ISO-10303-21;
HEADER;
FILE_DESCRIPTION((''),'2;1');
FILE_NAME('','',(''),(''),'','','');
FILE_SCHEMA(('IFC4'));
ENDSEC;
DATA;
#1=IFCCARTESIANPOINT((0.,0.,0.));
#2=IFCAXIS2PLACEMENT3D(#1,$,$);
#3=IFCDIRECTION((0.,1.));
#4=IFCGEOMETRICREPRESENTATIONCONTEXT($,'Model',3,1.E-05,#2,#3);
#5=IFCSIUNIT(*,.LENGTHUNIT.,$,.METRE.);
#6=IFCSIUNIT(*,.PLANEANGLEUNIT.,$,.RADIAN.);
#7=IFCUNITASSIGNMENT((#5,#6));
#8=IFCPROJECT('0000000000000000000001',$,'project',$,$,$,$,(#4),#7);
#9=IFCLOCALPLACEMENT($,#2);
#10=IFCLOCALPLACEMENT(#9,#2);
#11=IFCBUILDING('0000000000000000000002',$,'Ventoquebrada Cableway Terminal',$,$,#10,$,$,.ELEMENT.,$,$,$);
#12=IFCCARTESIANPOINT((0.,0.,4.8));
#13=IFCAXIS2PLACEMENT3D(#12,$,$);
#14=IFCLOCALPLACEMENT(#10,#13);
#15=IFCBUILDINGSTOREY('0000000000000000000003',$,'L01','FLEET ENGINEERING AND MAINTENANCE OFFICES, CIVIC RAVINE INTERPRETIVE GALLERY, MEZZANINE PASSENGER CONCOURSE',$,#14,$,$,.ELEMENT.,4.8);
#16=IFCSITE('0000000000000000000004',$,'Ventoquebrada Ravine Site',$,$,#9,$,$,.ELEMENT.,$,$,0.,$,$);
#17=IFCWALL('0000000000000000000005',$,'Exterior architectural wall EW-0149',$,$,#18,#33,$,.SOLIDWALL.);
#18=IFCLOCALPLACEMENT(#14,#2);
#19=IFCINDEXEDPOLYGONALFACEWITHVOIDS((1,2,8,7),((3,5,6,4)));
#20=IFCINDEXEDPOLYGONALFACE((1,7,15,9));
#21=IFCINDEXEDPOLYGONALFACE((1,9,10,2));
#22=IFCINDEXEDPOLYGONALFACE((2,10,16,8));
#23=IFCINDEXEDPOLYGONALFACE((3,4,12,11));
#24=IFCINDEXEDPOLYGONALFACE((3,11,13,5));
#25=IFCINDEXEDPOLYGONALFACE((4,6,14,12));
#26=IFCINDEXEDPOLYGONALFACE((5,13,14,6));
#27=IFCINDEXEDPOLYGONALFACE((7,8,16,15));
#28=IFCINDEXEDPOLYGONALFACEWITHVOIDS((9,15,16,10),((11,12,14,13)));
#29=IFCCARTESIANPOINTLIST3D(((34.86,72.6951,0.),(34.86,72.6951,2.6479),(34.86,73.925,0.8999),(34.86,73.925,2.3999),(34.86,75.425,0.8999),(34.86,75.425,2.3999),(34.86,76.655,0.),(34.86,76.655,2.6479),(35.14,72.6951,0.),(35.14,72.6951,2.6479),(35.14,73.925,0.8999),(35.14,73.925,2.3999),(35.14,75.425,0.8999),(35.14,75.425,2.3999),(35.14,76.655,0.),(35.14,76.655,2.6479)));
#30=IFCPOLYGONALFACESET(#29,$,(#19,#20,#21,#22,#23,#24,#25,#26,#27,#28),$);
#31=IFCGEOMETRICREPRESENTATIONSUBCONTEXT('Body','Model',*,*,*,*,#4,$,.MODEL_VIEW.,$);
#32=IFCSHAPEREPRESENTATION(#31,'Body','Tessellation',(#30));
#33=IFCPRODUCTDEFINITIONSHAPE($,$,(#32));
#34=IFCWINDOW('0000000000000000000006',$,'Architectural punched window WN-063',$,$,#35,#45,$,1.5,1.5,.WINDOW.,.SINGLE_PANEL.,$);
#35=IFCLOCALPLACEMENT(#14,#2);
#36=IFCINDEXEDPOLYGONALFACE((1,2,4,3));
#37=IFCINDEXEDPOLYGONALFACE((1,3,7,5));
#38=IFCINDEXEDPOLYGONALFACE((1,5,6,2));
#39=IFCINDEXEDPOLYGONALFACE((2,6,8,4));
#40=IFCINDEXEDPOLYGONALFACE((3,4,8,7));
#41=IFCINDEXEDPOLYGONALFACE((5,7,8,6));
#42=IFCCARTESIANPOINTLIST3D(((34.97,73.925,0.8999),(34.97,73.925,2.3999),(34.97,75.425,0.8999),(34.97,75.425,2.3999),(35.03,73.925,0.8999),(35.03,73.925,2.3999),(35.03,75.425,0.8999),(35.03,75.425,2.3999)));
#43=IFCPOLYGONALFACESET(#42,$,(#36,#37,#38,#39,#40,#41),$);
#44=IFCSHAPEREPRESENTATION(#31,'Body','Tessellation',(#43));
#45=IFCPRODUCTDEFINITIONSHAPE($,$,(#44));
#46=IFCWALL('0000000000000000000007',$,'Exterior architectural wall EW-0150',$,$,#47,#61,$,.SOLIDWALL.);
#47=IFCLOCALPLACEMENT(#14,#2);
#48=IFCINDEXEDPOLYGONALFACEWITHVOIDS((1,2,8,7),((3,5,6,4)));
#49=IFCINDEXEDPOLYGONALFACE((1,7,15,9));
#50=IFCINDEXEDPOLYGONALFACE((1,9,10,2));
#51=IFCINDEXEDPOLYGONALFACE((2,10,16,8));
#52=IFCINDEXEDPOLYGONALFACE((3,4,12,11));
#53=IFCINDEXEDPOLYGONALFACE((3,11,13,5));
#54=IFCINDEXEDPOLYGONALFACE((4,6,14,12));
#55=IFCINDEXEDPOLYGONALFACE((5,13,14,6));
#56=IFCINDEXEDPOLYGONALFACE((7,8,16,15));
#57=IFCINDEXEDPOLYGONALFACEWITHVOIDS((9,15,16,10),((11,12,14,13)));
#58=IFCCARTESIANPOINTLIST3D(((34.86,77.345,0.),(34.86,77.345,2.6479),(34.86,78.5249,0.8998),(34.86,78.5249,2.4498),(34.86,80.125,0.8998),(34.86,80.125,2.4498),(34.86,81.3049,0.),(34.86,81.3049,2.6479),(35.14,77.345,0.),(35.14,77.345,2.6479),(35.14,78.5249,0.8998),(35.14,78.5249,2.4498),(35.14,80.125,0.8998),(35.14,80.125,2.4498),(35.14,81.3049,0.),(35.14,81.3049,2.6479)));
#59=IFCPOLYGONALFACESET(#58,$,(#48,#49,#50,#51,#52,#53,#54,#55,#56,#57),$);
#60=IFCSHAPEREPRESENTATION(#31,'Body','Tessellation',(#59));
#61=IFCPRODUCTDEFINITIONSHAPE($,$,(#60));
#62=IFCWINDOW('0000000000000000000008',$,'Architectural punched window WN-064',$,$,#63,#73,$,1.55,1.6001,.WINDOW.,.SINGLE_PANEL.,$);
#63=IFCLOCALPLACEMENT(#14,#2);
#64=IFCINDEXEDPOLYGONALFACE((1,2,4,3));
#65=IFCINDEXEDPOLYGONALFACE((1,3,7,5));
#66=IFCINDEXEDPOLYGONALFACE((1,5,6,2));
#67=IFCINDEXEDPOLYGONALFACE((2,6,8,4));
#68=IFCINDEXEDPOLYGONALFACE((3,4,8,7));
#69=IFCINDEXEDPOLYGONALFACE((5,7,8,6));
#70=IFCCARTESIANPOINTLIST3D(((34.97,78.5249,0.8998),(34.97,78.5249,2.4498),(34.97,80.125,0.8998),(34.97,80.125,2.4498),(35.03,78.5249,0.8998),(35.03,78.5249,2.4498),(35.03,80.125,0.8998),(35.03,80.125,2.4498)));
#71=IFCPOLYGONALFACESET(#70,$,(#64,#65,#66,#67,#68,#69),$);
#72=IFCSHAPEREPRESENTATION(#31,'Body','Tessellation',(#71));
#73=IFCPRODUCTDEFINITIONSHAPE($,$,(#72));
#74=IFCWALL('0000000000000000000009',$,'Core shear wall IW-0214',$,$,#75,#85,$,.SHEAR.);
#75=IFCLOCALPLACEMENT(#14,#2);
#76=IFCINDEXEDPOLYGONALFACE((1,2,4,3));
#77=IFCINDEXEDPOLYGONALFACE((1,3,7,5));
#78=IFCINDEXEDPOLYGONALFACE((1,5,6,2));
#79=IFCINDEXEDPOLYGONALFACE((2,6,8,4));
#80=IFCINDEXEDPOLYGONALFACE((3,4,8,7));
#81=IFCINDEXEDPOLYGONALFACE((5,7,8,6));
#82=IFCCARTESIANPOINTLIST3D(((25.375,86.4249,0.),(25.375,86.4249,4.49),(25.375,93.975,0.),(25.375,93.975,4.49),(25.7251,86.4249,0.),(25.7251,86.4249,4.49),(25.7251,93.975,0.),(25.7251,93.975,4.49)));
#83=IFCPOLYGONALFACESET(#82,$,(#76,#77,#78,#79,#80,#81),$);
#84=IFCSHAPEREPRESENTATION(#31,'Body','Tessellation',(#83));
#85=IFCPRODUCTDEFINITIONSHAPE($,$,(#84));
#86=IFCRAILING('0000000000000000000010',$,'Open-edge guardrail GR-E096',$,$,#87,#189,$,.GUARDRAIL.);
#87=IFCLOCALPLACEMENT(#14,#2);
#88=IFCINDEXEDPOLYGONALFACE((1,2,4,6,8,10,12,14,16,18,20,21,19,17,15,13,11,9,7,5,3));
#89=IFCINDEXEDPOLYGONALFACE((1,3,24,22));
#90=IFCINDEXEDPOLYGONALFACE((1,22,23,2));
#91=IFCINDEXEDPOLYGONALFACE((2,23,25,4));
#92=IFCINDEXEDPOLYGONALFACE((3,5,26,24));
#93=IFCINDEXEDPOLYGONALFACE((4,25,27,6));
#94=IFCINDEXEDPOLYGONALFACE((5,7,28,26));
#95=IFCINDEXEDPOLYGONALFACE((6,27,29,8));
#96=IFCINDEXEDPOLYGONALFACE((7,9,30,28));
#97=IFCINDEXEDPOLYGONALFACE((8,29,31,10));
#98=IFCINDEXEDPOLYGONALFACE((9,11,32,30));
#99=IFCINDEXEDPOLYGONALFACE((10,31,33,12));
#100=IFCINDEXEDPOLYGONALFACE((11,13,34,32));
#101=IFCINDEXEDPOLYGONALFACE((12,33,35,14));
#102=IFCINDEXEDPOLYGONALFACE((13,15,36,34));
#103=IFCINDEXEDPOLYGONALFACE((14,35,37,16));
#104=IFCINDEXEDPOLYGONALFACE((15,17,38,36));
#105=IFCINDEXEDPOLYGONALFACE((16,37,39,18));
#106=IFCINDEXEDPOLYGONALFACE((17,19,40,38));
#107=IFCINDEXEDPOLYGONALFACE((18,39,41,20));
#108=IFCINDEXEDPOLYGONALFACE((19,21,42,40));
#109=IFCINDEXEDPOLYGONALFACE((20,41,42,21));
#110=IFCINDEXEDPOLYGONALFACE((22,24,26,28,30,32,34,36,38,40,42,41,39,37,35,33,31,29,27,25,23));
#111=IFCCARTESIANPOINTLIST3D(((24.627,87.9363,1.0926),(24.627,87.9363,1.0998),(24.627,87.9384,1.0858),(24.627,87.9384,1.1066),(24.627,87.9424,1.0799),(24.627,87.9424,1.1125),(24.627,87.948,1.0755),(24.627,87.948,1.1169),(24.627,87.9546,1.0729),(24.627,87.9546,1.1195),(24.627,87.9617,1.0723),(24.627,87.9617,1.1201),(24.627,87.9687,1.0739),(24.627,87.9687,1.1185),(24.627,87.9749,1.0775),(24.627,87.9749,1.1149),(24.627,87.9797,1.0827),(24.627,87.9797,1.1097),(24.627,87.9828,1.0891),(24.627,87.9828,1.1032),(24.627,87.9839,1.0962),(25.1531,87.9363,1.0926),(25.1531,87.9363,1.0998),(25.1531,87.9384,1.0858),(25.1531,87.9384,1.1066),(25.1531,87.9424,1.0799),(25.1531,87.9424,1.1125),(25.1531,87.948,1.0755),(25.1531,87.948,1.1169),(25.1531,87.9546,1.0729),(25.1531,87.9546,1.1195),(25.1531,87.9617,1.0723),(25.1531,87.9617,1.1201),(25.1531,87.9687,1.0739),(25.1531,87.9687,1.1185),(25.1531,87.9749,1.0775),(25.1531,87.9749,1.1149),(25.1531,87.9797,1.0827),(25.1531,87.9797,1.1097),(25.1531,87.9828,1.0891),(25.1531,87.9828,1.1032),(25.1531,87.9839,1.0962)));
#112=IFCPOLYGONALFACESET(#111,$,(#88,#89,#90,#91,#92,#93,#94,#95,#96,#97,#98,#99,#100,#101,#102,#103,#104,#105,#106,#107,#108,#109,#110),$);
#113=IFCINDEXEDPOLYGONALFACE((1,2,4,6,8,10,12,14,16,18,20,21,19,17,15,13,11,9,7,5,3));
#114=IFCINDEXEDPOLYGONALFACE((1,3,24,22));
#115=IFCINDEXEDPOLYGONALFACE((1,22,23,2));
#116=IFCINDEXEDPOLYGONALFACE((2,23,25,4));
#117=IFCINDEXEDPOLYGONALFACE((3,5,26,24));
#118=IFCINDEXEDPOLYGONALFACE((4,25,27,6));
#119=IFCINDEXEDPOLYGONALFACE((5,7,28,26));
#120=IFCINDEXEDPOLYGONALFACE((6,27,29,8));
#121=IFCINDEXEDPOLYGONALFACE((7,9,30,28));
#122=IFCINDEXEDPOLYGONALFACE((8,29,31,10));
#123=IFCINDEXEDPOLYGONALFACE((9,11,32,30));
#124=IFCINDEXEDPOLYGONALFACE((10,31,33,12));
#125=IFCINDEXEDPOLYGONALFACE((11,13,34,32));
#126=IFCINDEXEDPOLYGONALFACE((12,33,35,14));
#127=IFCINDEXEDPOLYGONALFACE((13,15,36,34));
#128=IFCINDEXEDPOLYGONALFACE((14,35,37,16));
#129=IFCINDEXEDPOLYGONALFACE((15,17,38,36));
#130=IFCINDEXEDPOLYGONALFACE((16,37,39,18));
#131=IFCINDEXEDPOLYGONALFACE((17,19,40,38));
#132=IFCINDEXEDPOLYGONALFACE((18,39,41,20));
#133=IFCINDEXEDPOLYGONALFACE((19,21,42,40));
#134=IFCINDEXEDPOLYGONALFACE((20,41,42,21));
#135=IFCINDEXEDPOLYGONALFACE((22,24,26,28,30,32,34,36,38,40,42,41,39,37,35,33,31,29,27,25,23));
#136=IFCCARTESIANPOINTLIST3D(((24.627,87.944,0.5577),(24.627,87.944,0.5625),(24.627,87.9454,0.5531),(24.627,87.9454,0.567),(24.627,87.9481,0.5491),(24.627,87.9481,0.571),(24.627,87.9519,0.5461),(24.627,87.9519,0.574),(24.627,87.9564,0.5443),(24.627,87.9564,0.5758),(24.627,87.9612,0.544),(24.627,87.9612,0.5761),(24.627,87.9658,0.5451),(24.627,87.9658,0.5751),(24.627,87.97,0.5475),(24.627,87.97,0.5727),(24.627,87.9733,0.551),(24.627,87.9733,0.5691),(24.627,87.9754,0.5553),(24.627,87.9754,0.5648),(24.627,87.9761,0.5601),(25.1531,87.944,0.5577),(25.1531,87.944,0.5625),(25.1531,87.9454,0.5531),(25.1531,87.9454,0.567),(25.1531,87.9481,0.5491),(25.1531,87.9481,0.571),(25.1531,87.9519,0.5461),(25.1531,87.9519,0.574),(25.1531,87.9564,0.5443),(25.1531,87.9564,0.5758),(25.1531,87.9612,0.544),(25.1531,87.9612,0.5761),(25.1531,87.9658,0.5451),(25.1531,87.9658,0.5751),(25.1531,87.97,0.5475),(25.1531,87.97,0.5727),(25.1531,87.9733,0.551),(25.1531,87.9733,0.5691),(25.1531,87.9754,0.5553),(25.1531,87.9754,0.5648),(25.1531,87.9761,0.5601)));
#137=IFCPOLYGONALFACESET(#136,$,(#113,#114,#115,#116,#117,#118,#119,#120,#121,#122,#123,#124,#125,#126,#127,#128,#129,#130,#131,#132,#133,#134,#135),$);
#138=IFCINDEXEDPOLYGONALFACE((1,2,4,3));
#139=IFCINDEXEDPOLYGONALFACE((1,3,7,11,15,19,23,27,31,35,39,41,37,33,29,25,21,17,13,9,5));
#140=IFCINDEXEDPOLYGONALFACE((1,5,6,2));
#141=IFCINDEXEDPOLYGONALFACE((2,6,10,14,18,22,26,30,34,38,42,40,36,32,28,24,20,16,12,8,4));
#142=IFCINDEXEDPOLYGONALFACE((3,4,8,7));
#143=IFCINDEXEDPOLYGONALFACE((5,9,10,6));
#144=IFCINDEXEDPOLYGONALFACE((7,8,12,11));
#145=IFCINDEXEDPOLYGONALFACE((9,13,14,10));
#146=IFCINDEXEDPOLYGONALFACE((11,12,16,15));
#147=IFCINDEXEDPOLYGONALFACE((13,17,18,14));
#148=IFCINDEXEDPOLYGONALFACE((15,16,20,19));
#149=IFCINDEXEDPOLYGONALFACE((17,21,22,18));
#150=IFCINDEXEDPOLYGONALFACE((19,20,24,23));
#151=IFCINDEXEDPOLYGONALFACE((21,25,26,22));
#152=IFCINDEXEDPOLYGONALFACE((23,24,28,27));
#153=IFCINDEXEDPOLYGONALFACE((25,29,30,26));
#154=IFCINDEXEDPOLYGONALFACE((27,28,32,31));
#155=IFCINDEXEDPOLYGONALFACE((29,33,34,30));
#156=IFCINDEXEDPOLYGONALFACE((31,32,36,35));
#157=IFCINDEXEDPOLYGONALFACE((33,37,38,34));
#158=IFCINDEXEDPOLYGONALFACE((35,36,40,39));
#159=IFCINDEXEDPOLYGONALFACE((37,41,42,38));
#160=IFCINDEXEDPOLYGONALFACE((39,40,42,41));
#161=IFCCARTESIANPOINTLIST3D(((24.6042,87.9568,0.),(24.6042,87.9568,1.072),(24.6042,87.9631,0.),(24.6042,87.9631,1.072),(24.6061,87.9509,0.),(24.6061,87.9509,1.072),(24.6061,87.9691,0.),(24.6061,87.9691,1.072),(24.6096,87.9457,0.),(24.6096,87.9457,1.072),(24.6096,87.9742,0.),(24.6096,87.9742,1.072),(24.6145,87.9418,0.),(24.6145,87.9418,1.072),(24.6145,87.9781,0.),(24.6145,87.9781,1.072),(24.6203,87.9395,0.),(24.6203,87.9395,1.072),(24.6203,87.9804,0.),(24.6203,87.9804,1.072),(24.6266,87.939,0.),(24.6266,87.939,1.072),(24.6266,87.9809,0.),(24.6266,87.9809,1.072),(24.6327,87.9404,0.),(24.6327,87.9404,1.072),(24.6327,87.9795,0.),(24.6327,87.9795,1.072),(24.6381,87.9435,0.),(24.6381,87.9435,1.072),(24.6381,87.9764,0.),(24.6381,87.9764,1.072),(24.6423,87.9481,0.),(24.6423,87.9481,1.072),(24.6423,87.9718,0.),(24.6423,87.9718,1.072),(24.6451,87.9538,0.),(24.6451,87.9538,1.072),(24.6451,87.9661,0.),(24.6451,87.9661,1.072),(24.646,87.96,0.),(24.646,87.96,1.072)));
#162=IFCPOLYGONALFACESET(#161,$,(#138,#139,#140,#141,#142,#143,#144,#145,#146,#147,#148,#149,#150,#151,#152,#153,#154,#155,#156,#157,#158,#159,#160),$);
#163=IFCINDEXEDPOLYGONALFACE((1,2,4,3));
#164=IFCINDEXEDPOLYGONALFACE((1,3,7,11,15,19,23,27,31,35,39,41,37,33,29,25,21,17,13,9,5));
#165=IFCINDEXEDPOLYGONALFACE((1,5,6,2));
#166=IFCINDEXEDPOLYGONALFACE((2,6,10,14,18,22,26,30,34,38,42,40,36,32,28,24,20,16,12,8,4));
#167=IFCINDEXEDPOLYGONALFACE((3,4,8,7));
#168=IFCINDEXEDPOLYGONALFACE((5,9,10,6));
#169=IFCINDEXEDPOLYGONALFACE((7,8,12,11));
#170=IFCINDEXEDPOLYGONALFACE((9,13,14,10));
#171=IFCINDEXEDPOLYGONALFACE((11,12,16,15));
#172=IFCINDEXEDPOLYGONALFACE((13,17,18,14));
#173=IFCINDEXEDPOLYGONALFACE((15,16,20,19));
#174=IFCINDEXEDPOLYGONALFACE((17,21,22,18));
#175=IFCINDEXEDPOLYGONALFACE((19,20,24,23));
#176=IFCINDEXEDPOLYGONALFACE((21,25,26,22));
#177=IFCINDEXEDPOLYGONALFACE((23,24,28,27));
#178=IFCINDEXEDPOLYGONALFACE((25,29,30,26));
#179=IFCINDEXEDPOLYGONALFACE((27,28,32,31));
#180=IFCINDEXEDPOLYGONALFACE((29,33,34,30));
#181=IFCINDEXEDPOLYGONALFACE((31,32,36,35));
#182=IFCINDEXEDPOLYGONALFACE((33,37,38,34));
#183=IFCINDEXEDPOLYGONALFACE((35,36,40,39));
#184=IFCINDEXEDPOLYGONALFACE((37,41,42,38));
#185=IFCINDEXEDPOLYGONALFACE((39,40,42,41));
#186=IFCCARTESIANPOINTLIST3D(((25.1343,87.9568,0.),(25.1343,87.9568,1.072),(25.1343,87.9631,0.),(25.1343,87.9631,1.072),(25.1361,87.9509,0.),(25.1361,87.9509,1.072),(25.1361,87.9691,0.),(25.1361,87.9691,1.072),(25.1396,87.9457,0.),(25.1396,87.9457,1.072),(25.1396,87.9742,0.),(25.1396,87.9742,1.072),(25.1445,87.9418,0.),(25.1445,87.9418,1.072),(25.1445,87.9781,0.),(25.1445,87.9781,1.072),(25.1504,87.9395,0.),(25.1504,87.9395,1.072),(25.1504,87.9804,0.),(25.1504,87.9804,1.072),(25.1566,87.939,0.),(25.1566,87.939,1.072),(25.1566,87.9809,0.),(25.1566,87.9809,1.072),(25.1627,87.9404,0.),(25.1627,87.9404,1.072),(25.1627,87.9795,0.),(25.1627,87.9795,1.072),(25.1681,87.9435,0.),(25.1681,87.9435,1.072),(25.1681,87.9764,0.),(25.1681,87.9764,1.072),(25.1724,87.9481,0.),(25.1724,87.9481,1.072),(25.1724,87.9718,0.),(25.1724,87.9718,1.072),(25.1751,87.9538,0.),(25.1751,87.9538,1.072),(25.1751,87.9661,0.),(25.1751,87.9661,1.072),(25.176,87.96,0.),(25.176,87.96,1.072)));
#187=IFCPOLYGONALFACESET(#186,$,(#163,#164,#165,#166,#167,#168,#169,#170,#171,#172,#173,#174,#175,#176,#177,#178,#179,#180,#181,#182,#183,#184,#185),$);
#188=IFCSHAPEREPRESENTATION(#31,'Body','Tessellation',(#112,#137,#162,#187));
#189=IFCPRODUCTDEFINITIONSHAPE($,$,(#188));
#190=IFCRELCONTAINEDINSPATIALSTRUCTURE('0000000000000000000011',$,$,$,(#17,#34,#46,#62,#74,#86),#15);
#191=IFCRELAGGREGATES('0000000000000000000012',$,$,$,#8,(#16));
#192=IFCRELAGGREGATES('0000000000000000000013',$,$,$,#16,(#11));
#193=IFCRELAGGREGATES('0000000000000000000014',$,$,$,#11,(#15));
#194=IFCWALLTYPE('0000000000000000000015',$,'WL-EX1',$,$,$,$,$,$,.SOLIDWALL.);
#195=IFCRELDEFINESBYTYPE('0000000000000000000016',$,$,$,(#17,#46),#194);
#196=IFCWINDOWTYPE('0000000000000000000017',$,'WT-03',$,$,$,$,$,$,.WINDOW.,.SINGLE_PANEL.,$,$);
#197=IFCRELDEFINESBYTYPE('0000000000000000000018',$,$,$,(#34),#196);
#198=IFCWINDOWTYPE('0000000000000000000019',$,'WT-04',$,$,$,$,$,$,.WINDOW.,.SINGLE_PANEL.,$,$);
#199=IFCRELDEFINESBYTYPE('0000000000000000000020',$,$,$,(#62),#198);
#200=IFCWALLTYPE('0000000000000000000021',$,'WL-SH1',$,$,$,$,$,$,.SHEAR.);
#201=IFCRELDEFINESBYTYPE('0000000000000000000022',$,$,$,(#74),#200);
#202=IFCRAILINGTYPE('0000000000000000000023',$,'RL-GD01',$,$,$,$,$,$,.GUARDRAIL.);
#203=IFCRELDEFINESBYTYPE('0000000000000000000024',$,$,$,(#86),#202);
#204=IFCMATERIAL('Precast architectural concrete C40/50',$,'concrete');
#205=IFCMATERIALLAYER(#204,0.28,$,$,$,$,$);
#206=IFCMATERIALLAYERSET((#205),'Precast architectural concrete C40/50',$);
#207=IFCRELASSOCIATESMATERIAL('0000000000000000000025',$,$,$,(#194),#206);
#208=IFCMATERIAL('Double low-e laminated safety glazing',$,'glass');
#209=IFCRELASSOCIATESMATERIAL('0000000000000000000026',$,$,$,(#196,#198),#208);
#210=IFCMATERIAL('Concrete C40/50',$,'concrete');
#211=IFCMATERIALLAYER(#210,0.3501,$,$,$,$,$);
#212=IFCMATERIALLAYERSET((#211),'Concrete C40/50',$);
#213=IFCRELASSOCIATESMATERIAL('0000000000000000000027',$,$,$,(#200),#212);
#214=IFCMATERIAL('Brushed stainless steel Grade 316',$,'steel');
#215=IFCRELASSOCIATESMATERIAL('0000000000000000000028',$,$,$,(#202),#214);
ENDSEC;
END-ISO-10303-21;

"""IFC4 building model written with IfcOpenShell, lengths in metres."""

from ifc_helpers import new_model, si_unit, direction, frame, frame_2d, origin, origin_2d, place, context, subcontext, project, spatial, rectangle, circle, extrude, material, layer, layer_set, type_object, element, fill, save


model = new_model("IFC4")

# Units and contexts
model_context = context("Model", 3, precision=1e-05, world=origin(), true_north=direction((0.0, 1.0)))
body_context = subcontext(model_context, "Body", "Model", "MODEL_VIEW")
ifc_project = project(units=[si_unit("LENGTHUNIT", "METRE"), si_unit("PLANEANGLEUNIT", "RADIAN")], contexts=[model_context])

# Site, building, storey
site_placement = place(None, origin())
site = spatial("IfcSite", under=ifc_project, at=site_placement, Name="Ventoquebrada Ravine Site", CompositionType="ELEMENT", RefElevation=0.0)
building_placement = place(site_placement, origin())
building = spatial("IfcBuilding", under=site, at=building_placement, Name="Ventoquebrada Cableway Terminal", CompositionType="ELEMENT")
storey_placement = place(building_placement, frame((0.0, 0.0, 4.8)))
storey = spatial("IfcBuildingStorey", under=building, at=storey_placement, Name="L01", Description="FLEET ENGINEERING AND MAINTENANCE OFFICES, CIVIC RAVINE INTERPRETIVE GALLERY, MEZZANINE PASSENGER CONCOURSE", CompositionType="ELEMENT", Elevation=4.8)

# Shared definitions
ifc_material_1 = material(Name="Concrete C40/50", Category="concrete")

# Walls, openings, windows
ifc_material_2 = material(Name="Precast architectural concrete C40/50", Category="concrete")
ifc_layer_1 = layer(ifc_material_2, 0.28)
ifc_layer_set_1 = layer_set([ifc_layer_1], Name="Precast architectural concrete C40/50")
wall_type_1 = type_object("IfcWallType", Name="WL-EX1", PredefinedType="SOLIDWALL", material=ifc_layer_set_1)
wall_1_placement = place(storey_placement, frame((35.0, 72.6951, 0.0), z_axis=(0.0, 0.0, 1.0), x_axis=(0.0, 1.0, 0.0)))
wall_1 = element("IfcWall", 1, at=wall_1_placement, inside=storey, type_object=wall_type_1, Name="Exterior architectural wall EW-0149", PredefinedType="SOLIDWALL", context=body_context, shape_type="SweptSolid", body=[
    extrude(rectangle(XDim=3.96, YDim=0.28, at=frame_2d((1.98, 0.0))), origin(), (0.0, 0.0, 1.0), 2.6479),
])
opening_1_placement = place(wall_1_placement, frame((1.23, 0.0, 0.8999)))
opening_1 = element("IfcOpeningElement", 2, at=opening_1_placement, cuts=wall_1, PredefinedType="OPENING", context=body_context, shape_type="SweptSolid", body=[
    extrude(rectangle(XDim=1.5, YDim=1.5, at=frame_2d((0.75, 0.75))), frame((0.0, 0.1499, 0.0), z_axis=(0.0, -1.0, 0.0), x_axis=(1.0, 0.0, 0.0)), (0.0, 0.0, 1.0), 0.3),
])
ifc_material_3 = material(Name="Double low-e laminated safety glazing", Category="glass")
window_type_1 = type_object("IfcWindowType", Name="WT-03", PartitioningType="SINGLE_PANEL", PredefinedType="WINDOW", material=ifc_material_3)
window_1_placement = place(opening_1_placement, origin())
window_1 = element("IfcWindow", 3, at=window_1_placement, inside=storey, type_object=window_type_1, Name="Architectural punched window WN-063", OverallHeight=1.5, OverallWidth=1.5, PartitioningType="SINGLE_PANEL", PredefinedType="WINDOW", context=body_context, shape_type="SweptSolid", body=[
    extrude(rectangle(XDim=1.5, YDim=1.5, at=frame_2d((0.75, 0.75))), frame((0.0, 0.03, 0.0), z_axis=(0.0, -1.0, 0.0), x_axis=(1.0, 0.0, 0.0)), (0.0, 0.0, 1.0), 0.0601),
])
fill(opening_1, window_1)
wall_2_placement = place(storey_placement, frame((35.0, 77.345, 0.0), z_axis=(0.0, 0.0, 1.0), x_axis=(0.0, 1.0, 0.0)))
wall_2 = element("IfcWall", 4, at=wall_2_placement, inside=storey, type_object=wall_type_1, Name="Exterior architectural wall EW-0150", PredefinedType="SOLIDWALL", context=body_context, shape_type="SweptSolid", body=[
    extrude(rectangle(XDim=3.96, YDim=0.28, at=frame_2d((1.98, 0.0))), origin(), (0.0, 0.0, 1.0), 2.6479),
])
opening_2_placement = place(wall_2_placement, frame((1.1799, 0.0, 0.8999)))
opening_2 = element("IfcOpeningElement", 5, at=opening_2_placement, cuts=wall_2, PredefinedType="OPENING", context=body_context, shape_type="SweptSolid", body=[
    extrude(rectangle(XDim=1.6001, YDim=1.55, at=frame_2d((0.8, 0.7749))), frame((0.0, 0.1499, 0.0), z_axis=(0.0, -1.0, 0.0), x_axis=(1.0, 0.0, 0.0)), (0.0, 0.0, 1.0), 0.3),
])
window_type_2 = type_object("IfcWindowType", Name="WT-04", PartitioningType="SINGLE_PANEL", PredefinedType="WINDOW", material=ifc_material_3)
window_2_placement = place(opening_2_placement, origin())
window_2 = element("IfcWindow", 6, at=window_2_placement, inside=storey, type_object=window_type_2, Name="Architectural punched window WN-064", OverallHeight=1.55, OverallWidth=1.6001, PartitioningType="SINGLE_PANEL", PredefinedType="WINDOW", context=body_context, shape_type="SweptSolid", body=[
    extrude(rectangle(XDim=1.6001, YDim=1.55, at=frame_2d((0.8, 0.7749))), frame((0.0, 0.03, 0.0), z_axis=(0.0, -1.0, 0.0), x_axis=(1.0, 0.0, 0.0)), (0.0, 0.0, 1.0), 0.0601),
])
fill(opening_2, window_2)

# Wall
ifc_layer_2 = layer(ifc_material_1, 0.3501)
ifc_layer_set_2 = layer_set([ifc_layer_2], Name="Concrete C40/50")
wall_type_2 = type_object("IfcWallType", Name="WL-SH1", PredefinedType="SHEAR", material=ifc_layer_set_2)
wall_3_placement = place(storey_placement, frame((25.55, 86.425, 0.0), z_axis=(0.0, 0.0, 1.0), x_axis=(0.0, 1.0, 0.0)))
element("IfcWall", 7, at=wall_3_placement, inside=storey, type_object=wall_type_2, Name="Core shear wall IW-0214", PredefinedType="SHEAR", context=body_context, shape_type="SweptSolid", body=[
    extrude(rectangle(XDim=7.55, YDim=0.3501, at=frame_2d((3.7749, 0.0))), origin(), (0.0, 0.0, 1.0), 4.49),
])

# Railing
ifc_material_4 = material(Name="Brushed stainless steel Grade 316", Category="steel")
railing_type_1 = type_object("IfcRailingType", Name="RL-GD01", PredefinedType="GUARDRAIL", material=ifc_material_4)
railing_1_placement = place(storey_placement, frame((24.625, 87.96, 0.0)))
element("IfcRailing", 8, at=railing_1_placement, inside=storey, type_object=railing_type_1, Name="Open-edge guardrail GR-E096", PredefinedType="GUARDRAIL", context=body_context, shape_type="SweptSolid", body=[
    extrude(circle(Radius=0.0239, at=origin_2d()), frame((0.002, 0.0, 1.0962), z_axis=(1.0, 0.0, 0.0), x_axis=(0.0, 1.0, 0.0)), (0.0, 0.0, 1.0), 0.5261),
    extrude(circle(Radius=0.0161, at=origin_2d()), frame((0.002, 0.0, 0.5601), z_axis=(1.0, 0.0, 0.0), x_axis=(0.0, 1.0, 0.0)), (0.0, 0.0, 1.0), 0.5261),
    extrude(circle(Radius=0.021, at=origin_2d()), origin(), (0.0, 0.0, 1.0), 1.072),
    extrude(circle(Radius=0.021, at=origin_2d()), frame((0.53, 0.0, 0.0)), (0.0, 0.0, 1.0), 1.072),
])

save(model, "model.ifc")
